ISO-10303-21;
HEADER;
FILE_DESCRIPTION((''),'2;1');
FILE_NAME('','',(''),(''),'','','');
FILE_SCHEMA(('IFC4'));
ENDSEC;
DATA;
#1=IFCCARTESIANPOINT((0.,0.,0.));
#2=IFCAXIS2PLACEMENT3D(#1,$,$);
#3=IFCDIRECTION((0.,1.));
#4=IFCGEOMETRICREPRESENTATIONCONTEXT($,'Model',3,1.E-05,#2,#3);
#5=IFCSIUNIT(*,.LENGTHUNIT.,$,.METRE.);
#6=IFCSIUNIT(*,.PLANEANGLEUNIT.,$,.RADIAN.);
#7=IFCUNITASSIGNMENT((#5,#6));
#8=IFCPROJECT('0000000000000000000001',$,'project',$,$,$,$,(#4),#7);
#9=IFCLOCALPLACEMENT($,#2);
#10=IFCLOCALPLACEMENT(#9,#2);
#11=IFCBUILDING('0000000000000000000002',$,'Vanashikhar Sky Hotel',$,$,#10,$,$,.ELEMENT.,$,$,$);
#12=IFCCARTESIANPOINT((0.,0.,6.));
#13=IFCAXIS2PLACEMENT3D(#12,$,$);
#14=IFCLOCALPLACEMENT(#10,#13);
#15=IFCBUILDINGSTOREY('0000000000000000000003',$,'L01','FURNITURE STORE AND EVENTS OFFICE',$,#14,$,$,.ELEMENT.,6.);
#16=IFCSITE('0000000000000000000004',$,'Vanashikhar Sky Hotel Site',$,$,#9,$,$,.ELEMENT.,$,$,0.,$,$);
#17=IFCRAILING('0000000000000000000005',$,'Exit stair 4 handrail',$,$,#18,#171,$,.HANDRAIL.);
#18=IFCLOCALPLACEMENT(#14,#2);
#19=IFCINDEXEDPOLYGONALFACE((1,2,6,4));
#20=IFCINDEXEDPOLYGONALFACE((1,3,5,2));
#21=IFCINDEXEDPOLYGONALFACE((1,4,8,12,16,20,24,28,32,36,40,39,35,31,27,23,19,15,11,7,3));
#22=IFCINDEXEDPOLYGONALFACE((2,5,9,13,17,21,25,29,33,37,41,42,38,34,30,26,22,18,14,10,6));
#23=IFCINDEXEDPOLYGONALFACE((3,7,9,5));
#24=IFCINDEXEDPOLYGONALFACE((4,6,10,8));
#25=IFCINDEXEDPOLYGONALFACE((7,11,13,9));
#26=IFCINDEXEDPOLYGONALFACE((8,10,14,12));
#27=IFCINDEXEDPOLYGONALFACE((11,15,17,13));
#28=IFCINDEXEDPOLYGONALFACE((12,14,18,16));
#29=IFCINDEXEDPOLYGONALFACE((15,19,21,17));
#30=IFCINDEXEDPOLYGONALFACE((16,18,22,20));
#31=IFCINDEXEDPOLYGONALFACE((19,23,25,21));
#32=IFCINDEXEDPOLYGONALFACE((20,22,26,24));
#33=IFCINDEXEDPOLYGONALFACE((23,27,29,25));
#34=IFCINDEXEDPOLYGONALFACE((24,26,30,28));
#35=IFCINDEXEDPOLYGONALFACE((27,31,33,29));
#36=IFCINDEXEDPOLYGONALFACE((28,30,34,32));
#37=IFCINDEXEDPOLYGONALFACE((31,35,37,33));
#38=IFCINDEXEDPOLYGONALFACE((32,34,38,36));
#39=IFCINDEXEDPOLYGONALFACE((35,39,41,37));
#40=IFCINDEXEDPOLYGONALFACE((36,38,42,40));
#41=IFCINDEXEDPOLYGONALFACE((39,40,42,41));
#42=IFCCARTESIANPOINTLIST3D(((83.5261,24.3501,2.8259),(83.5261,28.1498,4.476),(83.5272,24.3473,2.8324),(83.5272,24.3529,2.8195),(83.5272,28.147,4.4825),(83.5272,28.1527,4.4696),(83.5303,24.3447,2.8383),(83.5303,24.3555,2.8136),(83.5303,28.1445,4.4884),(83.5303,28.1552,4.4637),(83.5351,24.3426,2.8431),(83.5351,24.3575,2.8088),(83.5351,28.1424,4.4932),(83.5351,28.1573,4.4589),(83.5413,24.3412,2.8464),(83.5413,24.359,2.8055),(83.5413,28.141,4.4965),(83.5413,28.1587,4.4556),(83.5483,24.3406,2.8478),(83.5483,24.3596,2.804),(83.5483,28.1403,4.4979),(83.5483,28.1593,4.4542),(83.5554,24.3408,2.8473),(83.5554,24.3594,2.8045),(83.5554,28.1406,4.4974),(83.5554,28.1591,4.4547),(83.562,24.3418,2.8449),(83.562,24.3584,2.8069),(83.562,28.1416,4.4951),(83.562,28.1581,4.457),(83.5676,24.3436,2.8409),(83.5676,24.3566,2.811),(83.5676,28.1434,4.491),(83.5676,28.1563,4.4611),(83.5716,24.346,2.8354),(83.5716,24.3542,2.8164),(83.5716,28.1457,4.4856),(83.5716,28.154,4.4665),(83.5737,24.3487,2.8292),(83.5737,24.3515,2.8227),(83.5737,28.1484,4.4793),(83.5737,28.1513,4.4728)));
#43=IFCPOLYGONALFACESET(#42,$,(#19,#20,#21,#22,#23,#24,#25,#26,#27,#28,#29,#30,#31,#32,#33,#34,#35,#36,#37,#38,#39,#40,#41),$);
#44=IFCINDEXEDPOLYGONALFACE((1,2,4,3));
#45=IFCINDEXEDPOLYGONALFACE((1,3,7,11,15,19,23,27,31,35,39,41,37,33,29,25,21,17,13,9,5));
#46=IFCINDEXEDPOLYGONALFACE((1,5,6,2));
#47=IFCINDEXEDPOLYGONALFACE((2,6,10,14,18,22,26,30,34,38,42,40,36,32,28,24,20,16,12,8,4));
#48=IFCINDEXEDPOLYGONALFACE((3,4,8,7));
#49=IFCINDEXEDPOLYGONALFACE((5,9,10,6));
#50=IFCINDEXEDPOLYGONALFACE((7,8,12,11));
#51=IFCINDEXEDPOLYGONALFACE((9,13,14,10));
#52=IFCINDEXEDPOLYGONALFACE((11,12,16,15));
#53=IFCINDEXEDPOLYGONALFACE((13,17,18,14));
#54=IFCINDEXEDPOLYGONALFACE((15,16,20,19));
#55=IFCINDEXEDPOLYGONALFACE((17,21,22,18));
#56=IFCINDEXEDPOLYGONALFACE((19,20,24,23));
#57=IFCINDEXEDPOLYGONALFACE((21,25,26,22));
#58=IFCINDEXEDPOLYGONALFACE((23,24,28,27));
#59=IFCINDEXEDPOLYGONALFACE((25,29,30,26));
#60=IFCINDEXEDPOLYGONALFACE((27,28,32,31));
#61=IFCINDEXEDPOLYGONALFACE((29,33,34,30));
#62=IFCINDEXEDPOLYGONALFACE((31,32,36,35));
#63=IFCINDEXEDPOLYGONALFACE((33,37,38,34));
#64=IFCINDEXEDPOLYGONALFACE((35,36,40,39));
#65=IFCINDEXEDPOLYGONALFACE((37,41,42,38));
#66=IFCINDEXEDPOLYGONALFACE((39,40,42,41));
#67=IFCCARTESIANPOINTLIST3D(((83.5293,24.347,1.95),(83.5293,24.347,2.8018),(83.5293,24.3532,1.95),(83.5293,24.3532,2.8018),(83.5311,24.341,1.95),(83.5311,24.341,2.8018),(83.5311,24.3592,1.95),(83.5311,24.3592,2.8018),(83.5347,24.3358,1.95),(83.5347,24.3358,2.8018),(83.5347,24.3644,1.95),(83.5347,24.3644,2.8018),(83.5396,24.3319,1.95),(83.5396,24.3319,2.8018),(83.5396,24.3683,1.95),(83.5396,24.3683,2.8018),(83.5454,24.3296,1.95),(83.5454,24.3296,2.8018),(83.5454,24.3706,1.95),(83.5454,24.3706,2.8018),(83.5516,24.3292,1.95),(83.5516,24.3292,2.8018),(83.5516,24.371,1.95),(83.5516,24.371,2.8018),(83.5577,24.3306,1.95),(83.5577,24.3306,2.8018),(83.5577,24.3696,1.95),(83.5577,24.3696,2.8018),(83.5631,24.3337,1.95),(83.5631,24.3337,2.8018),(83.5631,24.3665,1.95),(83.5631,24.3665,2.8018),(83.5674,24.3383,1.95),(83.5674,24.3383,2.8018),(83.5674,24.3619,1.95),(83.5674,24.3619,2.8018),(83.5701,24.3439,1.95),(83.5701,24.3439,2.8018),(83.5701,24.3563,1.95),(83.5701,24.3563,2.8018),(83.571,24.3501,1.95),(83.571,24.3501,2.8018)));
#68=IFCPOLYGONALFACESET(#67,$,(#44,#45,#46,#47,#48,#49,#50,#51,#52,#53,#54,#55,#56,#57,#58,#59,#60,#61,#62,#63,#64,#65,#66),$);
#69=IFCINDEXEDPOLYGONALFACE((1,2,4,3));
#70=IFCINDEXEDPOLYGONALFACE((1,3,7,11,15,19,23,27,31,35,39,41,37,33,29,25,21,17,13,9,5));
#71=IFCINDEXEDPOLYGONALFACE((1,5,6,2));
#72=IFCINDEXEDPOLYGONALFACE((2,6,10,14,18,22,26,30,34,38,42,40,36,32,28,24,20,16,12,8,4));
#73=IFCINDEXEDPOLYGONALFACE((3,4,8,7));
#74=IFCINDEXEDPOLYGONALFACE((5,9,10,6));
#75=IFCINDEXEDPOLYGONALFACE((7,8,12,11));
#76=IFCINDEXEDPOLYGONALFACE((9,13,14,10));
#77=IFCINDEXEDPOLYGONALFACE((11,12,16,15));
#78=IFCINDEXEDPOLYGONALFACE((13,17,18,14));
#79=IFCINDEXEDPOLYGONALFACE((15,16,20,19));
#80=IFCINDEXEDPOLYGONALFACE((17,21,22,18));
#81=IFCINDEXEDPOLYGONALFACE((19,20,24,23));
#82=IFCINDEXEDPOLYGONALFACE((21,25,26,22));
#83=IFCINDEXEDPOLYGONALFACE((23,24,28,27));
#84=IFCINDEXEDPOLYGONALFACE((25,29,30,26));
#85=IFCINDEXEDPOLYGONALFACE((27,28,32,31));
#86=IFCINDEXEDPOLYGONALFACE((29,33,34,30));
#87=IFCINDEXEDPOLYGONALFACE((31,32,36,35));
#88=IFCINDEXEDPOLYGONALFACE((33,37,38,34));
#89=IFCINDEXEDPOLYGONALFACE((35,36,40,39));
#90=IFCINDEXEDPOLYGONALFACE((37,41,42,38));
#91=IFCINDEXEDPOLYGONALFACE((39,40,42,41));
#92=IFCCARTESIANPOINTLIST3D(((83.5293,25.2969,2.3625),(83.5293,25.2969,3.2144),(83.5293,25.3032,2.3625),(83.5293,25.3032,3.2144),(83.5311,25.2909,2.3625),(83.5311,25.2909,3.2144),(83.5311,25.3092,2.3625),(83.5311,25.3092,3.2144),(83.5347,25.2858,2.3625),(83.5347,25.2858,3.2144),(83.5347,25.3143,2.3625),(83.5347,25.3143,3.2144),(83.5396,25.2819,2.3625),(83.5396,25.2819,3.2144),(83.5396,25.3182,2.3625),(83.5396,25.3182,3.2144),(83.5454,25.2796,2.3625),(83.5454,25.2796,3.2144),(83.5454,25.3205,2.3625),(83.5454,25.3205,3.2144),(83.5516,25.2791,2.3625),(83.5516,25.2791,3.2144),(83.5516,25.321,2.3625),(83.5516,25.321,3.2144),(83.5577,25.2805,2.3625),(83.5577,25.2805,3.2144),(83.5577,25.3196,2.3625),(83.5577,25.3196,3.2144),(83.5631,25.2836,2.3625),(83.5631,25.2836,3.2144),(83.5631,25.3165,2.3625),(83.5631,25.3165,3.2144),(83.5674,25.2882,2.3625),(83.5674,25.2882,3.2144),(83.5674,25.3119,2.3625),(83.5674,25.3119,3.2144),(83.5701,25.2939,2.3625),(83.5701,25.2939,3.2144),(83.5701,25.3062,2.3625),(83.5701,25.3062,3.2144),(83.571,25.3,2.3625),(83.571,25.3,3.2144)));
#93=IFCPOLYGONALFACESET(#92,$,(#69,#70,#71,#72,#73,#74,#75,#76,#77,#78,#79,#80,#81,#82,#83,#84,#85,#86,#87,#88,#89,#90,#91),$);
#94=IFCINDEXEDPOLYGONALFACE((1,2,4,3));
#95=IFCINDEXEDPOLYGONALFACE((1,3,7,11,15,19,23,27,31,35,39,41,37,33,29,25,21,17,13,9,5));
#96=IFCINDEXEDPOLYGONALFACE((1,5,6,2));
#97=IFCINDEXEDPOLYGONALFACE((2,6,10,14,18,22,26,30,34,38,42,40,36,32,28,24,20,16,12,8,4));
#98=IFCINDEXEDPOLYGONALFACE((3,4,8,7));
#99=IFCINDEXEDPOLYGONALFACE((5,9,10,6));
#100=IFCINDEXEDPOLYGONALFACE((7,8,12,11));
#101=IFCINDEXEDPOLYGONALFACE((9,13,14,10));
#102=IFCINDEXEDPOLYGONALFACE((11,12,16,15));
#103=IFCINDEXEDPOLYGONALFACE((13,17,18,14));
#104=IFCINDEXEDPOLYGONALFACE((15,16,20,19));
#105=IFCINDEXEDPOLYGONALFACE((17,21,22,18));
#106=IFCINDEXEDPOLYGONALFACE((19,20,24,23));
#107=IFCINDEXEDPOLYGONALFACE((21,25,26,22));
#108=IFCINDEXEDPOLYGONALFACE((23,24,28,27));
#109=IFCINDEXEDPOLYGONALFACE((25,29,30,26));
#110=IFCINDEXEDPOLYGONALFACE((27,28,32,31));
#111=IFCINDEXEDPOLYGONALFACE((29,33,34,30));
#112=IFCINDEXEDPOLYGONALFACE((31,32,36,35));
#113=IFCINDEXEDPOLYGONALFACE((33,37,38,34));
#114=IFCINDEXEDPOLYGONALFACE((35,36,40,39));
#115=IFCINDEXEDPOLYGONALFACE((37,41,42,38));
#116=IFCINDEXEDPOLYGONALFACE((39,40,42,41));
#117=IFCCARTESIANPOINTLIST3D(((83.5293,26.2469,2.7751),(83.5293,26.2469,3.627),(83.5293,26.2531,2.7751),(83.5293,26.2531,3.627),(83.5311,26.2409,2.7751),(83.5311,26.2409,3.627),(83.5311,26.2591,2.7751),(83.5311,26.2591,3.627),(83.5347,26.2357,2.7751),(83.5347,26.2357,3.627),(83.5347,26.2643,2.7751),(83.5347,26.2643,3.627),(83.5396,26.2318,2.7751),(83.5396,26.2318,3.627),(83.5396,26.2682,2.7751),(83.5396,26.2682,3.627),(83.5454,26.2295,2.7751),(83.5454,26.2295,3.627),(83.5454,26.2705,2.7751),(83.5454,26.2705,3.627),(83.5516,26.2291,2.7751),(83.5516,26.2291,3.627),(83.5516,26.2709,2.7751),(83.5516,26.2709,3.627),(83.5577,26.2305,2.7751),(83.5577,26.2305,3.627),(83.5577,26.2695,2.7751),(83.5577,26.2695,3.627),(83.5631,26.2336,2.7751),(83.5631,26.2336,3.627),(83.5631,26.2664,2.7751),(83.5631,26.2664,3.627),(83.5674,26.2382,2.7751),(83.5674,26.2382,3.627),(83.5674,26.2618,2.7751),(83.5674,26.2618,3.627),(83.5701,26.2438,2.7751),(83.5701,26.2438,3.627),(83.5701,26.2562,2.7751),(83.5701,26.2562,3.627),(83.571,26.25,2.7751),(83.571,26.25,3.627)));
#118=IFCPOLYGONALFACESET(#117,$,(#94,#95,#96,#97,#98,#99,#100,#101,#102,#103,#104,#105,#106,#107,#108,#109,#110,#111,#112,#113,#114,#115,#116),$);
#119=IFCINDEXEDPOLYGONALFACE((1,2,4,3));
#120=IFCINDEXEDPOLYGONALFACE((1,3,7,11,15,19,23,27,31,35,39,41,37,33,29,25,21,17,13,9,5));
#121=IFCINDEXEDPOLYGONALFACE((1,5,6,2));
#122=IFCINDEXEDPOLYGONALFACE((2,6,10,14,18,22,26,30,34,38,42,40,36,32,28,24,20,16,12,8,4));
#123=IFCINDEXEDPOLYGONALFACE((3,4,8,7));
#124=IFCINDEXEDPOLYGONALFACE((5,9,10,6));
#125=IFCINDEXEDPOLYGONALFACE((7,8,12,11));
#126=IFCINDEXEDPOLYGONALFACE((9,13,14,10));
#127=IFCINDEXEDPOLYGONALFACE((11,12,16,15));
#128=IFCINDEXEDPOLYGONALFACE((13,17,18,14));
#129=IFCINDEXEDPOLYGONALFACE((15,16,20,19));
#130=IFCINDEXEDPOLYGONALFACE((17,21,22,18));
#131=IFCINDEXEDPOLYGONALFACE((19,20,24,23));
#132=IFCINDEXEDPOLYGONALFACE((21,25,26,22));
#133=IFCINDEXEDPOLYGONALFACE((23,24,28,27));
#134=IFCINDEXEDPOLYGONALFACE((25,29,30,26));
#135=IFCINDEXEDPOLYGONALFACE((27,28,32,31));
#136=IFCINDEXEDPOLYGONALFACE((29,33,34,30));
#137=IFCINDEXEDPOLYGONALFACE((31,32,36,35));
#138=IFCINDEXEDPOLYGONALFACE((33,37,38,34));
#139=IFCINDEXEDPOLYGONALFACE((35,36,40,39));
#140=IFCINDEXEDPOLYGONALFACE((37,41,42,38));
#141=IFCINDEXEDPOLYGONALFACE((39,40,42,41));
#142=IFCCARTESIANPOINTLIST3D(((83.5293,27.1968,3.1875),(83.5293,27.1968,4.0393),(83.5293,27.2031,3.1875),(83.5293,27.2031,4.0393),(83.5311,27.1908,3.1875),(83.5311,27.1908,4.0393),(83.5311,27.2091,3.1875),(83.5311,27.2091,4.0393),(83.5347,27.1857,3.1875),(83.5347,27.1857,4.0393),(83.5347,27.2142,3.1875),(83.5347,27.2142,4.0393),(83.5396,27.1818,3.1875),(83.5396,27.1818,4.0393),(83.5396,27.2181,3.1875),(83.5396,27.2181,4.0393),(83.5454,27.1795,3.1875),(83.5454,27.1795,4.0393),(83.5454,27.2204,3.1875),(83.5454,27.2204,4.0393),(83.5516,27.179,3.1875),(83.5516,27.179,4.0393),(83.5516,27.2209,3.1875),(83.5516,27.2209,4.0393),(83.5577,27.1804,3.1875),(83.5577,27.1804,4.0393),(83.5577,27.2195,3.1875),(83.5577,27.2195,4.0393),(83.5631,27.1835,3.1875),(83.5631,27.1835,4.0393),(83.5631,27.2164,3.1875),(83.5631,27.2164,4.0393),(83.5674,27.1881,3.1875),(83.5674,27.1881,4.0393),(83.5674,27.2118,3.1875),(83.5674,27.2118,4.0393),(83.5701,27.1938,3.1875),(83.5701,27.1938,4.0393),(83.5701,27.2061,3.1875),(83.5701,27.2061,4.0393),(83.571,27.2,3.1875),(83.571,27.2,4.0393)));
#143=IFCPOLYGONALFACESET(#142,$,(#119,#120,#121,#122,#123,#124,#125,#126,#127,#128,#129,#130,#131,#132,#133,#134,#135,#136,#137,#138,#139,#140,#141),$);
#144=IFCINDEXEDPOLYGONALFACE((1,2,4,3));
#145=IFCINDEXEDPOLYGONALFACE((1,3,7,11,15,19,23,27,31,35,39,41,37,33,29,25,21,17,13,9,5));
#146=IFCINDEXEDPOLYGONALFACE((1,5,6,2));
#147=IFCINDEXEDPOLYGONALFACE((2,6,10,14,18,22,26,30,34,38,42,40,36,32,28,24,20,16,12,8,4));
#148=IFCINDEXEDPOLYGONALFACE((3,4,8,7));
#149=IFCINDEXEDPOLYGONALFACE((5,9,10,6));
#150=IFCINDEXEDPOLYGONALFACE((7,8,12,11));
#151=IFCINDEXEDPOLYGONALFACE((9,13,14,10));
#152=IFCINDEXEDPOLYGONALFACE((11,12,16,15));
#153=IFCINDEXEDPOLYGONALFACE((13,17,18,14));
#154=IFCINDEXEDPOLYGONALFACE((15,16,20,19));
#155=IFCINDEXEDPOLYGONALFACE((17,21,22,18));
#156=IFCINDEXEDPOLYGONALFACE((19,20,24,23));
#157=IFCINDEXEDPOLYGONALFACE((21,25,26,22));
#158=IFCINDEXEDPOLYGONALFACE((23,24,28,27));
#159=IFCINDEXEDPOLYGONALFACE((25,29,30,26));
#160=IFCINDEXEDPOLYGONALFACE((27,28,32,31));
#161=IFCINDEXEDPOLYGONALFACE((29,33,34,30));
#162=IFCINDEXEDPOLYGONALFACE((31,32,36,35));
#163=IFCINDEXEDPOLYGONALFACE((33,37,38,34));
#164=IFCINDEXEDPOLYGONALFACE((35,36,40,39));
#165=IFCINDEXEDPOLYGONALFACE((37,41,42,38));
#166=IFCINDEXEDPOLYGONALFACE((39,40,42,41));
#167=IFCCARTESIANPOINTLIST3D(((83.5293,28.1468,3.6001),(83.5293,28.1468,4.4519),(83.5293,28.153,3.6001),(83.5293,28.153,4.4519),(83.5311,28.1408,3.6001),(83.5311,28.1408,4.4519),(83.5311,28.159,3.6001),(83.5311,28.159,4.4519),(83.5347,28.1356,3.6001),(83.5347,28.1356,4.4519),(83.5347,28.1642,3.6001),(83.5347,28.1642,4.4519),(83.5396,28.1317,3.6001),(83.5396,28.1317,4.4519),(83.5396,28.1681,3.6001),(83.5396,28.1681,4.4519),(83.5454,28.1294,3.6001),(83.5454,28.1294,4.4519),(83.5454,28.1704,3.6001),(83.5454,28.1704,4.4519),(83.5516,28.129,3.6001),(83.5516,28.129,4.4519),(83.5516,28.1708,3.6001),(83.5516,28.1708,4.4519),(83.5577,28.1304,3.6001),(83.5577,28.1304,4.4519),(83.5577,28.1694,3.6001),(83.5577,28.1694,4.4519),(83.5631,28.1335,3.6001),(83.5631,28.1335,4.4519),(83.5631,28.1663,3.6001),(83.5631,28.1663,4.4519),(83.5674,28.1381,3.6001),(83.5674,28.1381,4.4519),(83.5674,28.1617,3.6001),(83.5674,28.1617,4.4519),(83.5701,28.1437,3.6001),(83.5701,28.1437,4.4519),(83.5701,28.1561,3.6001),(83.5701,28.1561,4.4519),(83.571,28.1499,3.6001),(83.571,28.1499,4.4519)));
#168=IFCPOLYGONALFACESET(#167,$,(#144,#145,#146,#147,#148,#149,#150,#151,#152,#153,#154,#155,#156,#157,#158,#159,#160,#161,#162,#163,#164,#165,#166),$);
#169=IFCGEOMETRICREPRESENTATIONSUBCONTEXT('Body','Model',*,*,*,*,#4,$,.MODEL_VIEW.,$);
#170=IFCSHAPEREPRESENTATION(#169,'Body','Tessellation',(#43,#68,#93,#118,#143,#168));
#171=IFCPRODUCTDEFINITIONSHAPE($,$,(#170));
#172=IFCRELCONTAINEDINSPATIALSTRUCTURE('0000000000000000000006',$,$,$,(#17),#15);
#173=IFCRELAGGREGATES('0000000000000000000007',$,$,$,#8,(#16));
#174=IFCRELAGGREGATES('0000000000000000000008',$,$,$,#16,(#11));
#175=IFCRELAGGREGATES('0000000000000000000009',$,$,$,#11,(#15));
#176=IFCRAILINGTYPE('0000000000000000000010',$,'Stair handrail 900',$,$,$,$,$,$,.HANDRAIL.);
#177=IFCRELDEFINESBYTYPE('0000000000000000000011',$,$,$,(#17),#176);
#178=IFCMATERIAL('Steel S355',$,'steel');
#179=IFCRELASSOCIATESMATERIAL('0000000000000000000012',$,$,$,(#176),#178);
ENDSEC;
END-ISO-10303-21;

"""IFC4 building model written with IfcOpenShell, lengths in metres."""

from ifc_helpers import new_model, si_unit, direction, frame, origin, origin_2d, place, context, subcontext, project, spatial, circle, extrude, source, transform, mapped, material, type_object, element, save


model = new_model("IFC4")

# Units and contexts
model_context = context("Model", 3, precision=1e-05, world=origin(), true_north=direction((0.0, 1.0)))
body_context = subcontext(model_context, "Body", "Model", "MODEL_VIEW")
ifc_project = project(units=[si_unit("LENGTHUNIT", "METRE"), si_unit("PLANEANGLEUNIT", "RADIAN")], contexts=[model_context])

# Site, building, storey
site_placement = place(None, origin())
site = spatial("IfcSite", under=ifc_project, at=site_placement, Name="Vanashikhar Sky Hotel Site", CompositionType="ELEMENT", RefElevation=0.0)
building_placement = place(site_placement, origin())
building = spatial("IfcBuilding", under=site, at=building_placement, Name="Vanashikhar Sky Hotel", CompositionType="ELEMENT")
storey_placement = place(building_placement, frame((0.0, 0.0, 6.0)))
storey = spatial("IfcBuildingStorey", under=building, at=storey_placement, Name="L01", Description="FURNITURE STORE AND EVENTS OFFICE", CompositionType="ELEMENT", Elevation=6.0)

# Railing
ifc_material_1 = material(Name="Steel S355", Category="steel")
railing_type = type_object("IfcRailingType", Name="Stair handrail 900", PredefinedType="HANDRAIL", material=ifc_material_1)
shared_shape_1 = source(origin(), body_context, "Body", "SweptSolid", [
    extrude(circle(Radius=0.0239, at=origin_2d()), frame((0.0, 0.0, 0.876), z_axis=(0.0, 0.917241, 0.398332), x_axis=(-1.0, 0.0, 0.0)), (0.0, 0.0, 1.0), 4.1426),
    extrude(circle(Radius=0.021, at=origin_2d()), origin(), (0.0, 0.0, 1.0), 0.8518),
    extrude(circle(Radius=0.021, at=origin_2d()), frame((0.0, 0.95, 0.4126)), (0.0, 0.0, 1.0), 0.8518),
    extrude(circle(Radius=0.021, at=origin_2d()), frame((0.0, 1.8999, 0.8252)), (0.0, 0.0, 1.0), 0.8518),
    extrude(circle(Radius=0.021, at=origin_2d()), frame((0.0, 2.8499, 1.2375)), (0.0, 0.0, 1.0), 0.8518),
    extrude(circle(Radius=0.021, at=origin_2d()), frame((0.0, 3.7998, 1.6501)), (0.0, 0.0, 1.0), 0.8518),
])
railing_1_placement = place(storey_placement, frame((83.55, 24.3501, 1.95)))
element("IfcRailing", 1, at=railing_1_placement, inside=storey, type_object=railing_type, Name="Exit stair 4 handrail", PredefinedType="HANDRAIL", context=body_context, shape_type="MappedRepresentation", body=[
    mapped(shared_shape_1, transform((0.0, 0.0, 0.0), scale=1.0)),
])

save(model, "model.ifc")
